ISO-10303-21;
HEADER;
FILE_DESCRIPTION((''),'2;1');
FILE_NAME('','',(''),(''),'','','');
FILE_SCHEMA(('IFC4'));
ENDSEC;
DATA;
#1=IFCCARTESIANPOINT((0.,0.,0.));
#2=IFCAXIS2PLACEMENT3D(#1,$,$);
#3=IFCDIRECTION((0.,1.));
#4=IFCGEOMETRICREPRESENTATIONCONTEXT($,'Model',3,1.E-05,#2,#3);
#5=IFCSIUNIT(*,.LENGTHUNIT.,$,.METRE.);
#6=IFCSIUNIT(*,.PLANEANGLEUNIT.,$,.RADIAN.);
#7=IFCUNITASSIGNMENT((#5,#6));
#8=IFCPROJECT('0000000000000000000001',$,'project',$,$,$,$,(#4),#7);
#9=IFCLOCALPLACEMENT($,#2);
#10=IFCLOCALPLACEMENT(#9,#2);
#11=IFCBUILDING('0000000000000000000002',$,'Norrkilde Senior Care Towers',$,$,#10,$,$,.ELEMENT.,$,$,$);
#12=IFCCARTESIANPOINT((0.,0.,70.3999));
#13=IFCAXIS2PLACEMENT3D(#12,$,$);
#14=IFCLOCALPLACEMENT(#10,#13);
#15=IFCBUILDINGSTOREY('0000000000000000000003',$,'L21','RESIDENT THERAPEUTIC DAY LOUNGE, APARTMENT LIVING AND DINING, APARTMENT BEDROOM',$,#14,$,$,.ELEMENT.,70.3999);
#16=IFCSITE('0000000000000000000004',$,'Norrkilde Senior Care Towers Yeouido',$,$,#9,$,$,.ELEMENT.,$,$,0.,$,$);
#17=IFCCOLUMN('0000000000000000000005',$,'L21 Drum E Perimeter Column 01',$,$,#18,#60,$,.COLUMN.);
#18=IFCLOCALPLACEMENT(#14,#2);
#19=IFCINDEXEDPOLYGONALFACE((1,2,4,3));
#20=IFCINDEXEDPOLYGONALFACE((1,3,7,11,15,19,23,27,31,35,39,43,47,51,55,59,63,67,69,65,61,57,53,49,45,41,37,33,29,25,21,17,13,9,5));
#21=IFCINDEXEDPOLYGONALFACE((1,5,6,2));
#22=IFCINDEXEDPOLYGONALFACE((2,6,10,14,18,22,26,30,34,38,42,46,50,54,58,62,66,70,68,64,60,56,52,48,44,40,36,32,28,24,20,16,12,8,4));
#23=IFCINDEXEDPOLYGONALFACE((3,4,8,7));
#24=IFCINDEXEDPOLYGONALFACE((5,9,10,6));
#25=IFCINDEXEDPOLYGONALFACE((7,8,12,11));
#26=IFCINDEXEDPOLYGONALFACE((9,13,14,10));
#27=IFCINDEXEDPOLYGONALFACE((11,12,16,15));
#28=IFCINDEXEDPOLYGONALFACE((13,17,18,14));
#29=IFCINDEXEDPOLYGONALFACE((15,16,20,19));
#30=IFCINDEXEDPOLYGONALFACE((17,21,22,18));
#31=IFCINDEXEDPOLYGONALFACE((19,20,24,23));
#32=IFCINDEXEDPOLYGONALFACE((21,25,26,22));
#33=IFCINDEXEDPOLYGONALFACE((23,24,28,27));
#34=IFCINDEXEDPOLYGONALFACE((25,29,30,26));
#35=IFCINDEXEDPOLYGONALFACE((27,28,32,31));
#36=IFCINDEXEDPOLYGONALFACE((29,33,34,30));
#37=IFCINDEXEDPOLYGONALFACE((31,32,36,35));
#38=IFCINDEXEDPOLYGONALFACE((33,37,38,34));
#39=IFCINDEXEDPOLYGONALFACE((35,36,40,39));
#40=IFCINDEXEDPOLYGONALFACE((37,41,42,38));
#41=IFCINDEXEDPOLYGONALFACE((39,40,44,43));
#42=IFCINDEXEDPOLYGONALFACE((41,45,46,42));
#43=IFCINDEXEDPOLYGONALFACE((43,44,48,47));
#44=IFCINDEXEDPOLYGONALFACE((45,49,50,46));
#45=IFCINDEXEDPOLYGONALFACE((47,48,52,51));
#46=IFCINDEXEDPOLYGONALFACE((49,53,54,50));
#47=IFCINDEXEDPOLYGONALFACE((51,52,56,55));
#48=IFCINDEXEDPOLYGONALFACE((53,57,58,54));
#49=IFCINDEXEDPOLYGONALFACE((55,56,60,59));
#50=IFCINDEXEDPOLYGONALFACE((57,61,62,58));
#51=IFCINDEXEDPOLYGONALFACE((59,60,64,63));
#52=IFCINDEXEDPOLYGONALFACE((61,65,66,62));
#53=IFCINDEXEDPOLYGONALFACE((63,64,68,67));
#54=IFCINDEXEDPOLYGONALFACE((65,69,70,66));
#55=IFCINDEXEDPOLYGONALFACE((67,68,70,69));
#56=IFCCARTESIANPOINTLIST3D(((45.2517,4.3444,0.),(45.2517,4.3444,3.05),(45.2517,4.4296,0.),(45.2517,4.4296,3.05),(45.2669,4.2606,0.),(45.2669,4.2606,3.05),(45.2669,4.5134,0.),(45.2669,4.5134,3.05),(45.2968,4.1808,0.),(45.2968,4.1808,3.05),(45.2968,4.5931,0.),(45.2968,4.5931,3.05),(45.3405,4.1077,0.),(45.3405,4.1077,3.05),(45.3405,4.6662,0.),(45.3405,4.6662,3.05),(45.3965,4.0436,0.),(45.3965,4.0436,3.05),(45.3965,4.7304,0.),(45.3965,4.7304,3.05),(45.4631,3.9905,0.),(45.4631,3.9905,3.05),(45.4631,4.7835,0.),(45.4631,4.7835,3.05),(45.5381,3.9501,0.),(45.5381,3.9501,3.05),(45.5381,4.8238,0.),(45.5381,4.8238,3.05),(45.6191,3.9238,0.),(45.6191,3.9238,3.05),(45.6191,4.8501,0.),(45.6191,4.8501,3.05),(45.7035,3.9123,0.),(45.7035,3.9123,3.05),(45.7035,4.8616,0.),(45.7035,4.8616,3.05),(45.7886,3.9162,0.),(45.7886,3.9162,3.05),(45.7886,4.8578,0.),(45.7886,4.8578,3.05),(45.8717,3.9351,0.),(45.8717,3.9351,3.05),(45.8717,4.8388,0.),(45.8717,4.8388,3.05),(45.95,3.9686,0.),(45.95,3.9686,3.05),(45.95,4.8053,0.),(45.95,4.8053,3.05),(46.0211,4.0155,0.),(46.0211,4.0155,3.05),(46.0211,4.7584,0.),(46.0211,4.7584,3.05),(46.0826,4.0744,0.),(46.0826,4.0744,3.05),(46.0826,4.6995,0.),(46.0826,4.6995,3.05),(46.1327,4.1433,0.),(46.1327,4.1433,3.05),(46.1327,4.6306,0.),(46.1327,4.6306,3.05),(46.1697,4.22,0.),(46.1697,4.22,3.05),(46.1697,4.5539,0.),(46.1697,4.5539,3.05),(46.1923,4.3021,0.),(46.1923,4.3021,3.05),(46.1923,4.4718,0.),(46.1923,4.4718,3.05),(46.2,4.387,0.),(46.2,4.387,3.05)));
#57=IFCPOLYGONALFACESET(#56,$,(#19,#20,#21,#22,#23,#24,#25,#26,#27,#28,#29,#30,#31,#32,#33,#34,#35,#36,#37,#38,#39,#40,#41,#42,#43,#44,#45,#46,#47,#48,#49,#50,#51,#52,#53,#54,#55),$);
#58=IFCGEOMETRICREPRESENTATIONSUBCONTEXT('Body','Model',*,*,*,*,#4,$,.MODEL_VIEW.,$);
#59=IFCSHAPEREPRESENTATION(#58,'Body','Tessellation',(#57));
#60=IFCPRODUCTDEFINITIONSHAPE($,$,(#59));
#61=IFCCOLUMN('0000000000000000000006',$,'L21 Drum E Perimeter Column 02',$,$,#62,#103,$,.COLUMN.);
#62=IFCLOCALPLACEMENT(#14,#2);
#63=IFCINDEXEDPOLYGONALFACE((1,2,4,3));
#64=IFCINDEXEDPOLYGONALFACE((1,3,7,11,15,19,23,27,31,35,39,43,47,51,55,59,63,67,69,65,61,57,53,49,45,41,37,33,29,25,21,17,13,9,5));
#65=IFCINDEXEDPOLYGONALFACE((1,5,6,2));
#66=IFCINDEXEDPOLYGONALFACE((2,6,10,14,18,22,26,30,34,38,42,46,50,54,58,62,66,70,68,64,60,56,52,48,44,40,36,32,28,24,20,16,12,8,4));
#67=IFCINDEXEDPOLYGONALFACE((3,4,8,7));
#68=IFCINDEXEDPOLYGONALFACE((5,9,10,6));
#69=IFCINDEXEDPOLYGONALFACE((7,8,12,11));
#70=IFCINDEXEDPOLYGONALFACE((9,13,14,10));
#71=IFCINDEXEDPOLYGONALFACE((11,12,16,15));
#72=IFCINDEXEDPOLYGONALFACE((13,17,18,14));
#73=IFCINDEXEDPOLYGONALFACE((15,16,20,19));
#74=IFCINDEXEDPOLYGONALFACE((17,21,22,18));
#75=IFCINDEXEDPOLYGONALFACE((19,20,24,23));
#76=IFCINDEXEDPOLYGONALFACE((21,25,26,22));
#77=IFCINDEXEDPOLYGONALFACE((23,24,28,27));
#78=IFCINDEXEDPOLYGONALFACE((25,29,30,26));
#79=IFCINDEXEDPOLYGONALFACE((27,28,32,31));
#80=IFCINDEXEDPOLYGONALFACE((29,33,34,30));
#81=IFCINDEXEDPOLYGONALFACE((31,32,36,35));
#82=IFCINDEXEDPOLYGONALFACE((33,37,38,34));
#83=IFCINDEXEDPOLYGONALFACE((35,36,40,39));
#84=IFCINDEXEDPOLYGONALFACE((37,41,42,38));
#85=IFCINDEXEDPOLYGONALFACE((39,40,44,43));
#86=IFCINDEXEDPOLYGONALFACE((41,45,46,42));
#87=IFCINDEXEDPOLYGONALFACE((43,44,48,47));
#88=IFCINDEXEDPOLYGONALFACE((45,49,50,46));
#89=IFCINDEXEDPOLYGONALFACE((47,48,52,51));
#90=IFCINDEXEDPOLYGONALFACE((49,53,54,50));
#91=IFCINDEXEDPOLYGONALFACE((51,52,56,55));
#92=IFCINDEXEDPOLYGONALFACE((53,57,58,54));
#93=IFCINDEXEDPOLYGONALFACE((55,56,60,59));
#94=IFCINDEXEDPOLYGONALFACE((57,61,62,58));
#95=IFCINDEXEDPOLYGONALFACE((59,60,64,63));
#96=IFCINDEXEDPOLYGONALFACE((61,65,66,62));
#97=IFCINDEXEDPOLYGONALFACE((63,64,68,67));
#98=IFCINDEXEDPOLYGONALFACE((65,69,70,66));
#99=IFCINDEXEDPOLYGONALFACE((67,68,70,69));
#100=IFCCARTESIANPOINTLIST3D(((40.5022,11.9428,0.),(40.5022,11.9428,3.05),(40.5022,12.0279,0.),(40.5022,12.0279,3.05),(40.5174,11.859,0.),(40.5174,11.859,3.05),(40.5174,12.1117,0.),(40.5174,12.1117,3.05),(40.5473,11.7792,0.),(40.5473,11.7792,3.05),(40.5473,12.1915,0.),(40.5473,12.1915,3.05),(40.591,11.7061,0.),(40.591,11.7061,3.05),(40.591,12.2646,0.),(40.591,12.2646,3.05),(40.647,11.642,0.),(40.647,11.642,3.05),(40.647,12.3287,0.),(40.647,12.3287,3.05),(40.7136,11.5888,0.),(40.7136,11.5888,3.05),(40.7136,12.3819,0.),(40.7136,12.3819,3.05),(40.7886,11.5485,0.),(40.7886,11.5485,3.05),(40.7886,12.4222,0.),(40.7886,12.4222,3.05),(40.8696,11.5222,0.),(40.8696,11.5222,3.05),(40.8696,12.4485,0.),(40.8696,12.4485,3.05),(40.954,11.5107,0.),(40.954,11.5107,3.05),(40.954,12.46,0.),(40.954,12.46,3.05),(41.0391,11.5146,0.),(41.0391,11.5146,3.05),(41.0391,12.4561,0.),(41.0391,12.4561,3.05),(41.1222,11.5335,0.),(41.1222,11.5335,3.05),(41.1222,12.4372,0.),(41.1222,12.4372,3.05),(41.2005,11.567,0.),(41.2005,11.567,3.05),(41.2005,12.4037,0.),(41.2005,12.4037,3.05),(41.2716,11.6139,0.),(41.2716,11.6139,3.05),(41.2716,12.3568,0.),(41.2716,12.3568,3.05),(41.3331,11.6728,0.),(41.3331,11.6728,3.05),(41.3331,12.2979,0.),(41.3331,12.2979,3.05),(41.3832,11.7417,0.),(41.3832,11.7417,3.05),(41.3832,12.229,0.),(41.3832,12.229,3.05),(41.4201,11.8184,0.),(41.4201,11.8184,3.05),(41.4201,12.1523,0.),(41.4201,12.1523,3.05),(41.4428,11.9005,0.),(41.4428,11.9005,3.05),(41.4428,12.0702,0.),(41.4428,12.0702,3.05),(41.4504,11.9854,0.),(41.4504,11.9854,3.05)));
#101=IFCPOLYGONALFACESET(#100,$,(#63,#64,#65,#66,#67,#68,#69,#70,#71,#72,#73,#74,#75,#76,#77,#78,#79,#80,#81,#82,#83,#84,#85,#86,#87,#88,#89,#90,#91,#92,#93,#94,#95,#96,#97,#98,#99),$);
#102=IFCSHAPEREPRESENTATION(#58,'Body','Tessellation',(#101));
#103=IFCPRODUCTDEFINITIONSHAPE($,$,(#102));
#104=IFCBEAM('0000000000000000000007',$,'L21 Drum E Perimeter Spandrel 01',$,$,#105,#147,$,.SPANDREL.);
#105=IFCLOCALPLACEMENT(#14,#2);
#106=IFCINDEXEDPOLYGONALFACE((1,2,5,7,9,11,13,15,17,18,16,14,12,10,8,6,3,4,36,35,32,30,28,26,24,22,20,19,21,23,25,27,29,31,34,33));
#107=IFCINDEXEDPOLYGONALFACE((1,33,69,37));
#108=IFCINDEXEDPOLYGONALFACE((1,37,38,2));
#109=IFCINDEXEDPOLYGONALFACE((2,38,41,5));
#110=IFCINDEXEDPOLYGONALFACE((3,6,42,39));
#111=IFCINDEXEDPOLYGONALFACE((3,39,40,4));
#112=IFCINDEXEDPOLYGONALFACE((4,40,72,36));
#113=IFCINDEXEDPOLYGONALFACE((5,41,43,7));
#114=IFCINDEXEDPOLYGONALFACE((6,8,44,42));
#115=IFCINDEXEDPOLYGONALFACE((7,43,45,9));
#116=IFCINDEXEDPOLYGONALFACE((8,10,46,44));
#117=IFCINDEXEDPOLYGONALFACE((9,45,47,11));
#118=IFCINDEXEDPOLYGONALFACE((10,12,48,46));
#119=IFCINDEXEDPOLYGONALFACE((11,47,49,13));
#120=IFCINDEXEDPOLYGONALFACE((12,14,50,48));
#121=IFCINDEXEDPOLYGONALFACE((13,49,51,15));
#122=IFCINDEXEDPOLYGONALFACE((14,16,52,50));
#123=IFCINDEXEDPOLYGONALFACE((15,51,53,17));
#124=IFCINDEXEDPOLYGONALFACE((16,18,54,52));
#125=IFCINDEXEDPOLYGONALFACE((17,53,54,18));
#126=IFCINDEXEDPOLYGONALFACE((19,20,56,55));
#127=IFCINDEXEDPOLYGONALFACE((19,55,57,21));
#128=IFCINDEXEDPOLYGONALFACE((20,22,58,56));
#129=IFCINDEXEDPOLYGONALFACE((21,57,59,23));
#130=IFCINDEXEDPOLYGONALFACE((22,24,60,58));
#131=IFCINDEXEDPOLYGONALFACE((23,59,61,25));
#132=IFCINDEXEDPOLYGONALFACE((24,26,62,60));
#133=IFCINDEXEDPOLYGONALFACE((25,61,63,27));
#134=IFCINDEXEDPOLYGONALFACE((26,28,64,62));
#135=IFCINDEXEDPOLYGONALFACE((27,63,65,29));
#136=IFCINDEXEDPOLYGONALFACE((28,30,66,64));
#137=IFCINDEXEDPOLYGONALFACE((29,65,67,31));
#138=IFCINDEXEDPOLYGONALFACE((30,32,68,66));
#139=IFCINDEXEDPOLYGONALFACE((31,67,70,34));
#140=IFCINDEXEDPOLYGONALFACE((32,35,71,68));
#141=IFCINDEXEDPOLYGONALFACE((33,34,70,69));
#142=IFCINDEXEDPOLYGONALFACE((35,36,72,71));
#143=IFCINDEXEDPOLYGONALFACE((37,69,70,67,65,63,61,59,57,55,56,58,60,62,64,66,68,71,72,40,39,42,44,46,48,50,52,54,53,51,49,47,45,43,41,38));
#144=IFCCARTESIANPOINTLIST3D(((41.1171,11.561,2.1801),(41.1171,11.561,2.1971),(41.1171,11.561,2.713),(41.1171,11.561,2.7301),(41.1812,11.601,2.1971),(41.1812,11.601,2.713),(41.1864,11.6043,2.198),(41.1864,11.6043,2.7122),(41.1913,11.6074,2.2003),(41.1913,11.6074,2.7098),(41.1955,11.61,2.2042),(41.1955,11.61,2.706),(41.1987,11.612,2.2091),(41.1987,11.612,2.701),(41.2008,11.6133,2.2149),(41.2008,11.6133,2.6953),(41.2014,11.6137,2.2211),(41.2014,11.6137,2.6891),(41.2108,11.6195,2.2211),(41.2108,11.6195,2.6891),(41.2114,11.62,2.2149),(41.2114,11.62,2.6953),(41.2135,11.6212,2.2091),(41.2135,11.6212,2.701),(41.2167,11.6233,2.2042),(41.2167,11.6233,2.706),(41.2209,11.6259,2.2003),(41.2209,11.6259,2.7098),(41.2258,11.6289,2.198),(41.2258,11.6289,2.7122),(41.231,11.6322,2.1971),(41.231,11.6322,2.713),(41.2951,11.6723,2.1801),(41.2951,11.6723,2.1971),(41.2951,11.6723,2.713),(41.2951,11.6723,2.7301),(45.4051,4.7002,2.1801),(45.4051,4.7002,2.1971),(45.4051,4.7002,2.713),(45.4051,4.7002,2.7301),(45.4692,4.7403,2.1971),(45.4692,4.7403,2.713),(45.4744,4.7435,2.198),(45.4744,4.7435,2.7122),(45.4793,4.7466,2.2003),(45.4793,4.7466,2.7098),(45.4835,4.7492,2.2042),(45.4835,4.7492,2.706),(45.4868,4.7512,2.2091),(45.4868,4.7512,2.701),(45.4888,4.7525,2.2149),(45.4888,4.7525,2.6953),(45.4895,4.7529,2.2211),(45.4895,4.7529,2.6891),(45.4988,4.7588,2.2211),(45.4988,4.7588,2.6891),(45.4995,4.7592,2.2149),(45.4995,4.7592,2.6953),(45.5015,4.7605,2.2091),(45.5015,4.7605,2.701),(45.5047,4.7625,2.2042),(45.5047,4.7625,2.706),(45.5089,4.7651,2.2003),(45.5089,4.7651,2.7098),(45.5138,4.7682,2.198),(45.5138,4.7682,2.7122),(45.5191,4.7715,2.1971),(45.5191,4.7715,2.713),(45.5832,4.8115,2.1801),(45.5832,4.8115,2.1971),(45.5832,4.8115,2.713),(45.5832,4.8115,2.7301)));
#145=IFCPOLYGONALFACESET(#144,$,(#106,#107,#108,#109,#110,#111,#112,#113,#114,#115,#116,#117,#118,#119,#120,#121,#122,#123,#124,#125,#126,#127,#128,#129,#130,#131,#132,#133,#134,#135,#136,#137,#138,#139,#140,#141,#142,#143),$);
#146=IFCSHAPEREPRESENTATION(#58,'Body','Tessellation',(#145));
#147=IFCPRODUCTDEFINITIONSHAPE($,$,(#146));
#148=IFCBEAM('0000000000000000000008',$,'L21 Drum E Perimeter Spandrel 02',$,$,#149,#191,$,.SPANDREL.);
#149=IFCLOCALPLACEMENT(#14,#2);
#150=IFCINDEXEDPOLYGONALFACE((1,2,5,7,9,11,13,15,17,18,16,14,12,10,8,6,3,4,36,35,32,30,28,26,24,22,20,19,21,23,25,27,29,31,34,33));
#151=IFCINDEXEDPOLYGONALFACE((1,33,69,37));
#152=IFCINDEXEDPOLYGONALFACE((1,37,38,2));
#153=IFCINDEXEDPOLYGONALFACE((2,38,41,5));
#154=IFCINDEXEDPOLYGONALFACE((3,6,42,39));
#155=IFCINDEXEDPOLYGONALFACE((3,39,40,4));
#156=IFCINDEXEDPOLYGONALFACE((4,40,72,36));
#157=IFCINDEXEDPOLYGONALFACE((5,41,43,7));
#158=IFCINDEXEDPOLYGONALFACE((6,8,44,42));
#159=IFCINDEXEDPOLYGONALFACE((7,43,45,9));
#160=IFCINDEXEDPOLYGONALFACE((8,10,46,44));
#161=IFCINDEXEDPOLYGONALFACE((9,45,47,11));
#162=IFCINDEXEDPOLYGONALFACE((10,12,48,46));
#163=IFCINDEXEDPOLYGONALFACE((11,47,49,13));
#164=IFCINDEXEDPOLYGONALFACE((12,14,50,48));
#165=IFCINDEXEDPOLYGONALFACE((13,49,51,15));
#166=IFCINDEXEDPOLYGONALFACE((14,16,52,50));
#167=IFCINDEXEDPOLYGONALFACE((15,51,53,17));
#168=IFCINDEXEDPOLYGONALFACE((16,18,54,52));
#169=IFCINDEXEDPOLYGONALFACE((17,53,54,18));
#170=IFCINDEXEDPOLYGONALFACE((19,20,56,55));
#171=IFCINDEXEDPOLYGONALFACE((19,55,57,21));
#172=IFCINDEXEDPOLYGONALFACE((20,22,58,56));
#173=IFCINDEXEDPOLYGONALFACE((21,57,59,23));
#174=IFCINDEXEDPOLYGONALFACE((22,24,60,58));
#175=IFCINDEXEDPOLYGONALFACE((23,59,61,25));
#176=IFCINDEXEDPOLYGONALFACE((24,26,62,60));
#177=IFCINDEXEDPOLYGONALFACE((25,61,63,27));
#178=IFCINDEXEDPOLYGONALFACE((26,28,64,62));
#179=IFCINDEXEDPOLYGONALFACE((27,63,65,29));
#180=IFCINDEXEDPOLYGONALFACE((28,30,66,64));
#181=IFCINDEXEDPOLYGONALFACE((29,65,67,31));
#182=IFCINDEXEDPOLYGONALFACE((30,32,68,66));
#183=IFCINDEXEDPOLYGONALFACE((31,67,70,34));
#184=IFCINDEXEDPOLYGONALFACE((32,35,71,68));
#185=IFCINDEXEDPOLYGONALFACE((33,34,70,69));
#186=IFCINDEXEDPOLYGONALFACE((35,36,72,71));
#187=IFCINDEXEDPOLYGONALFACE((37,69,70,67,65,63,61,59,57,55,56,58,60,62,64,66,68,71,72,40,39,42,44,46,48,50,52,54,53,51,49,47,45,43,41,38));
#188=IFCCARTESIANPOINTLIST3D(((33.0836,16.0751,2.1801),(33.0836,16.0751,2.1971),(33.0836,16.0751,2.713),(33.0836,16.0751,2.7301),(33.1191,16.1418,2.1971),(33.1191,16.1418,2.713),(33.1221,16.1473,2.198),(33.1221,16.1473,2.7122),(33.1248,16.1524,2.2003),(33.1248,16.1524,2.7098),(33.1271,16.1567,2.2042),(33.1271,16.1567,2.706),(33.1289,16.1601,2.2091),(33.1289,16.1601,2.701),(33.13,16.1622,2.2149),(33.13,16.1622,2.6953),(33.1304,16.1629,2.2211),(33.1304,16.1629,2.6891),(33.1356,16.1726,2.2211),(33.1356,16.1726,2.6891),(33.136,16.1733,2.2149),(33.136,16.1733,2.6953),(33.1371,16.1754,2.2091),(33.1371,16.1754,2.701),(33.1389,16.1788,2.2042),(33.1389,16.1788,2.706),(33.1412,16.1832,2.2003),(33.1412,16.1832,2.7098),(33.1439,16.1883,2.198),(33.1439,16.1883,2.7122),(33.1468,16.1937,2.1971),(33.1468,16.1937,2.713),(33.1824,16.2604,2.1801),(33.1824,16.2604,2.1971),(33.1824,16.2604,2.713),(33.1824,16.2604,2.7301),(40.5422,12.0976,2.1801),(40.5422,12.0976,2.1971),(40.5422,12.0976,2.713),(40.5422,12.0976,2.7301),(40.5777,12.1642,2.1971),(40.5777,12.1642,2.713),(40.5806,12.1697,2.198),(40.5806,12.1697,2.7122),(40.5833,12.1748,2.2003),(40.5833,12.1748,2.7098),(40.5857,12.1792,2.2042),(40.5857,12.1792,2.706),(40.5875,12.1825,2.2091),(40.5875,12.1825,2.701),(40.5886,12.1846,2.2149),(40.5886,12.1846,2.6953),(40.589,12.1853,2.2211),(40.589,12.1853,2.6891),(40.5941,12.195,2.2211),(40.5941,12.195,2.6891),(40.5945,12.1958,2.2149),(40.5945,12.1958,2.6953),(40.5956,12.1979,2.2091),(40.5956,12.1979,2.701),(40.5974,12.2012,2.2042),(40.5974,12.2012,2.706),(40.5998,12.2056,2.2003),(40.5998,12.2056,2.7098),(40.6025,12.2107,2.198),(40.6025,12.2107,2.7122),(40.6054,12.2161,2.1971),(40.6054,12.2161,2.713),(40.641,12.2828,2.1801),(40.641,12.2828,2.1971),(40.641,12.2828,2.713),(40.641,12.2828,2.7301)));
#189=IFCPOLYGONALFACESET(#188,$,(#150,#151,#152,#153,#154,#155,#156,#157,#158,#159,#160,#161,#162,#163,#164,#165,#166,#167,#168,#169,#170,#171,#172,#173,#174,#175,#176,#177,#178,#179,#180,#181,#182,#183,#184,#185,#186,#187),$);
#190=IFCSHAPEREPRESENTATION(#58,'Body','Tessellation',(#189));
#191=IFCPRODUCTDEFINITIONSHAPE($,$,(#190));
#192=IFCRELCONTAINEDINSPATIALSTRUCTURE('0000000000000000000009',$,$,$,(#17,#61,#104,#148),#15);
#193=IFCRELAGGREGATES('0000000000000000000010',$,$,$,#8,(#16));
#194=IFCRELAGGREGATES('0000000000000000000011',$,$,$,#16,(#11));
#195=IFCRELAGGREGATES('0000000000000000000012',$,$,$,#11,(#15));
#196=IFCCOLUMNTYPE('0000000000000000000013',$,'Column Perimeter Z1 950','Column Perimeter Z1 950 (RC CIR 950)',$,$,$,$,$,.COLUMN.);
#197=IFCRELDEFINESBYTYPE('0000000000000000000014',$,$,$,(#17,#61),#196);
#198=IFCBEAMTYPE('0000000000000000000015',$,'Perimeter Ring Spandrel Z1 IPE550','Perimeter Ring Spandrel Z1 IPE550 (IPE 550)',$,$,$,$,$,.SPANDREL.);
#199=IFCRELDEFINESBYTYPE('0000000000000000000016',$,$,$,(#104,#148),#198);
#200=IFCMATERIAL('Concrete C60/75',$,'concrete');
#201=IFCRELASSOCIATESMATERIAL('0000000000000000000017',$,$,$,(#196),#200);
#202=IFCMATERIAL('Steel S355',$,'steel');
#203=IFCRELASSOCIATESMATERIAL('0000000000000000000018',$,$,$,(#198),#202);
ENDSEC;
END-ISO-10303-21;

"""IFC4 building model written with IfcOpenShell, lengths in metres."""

from ifc_helpers import new_model, si_unit, direction, frame, origin, origin_2d, place, context, subcontext, project, spatial, circle, i_section, extrude, source, transform, mapped, material, material_profile, profile_set, type_object, type_shapes, element, save


model = new_model("IFC4")

# Units and contexts
model_context = context("Model", 3, precision=1e-05, world=origin(), true_north=direction((0.0, 1.0)))
body_context = subcontext(model_context, "Body", "Model", "MODEL_VIEW")
ifc_project = project(units=[si_unit("LENGTHUNIT", "METRE"), si_unit("PLANEANGLEUNIT", "RADIAN")], contexts=[model_context])

# Site, building, storey
site_placement = place(None, origin())
site = spatial("IfcSite", under=ifc_project, at=site_placement, Name="Norrkilde Senior Care Towers Yeouido", CompositionType="ELEMENT", RefElevation=0.0)
building_placement = place(site_placement, origin())
building = spatial("IfcBuilding", under=site, at=building_placement, Name="Norrkilde Senior Care Towers", CompositionType="ELEMENT")
storey_placement = place(building_placement, frame((0.0, 0.0, 70.3999)))
storey = spatial("IfcBuildingStorey", under=building, at=storey_placement, Name="L21", Description="RESIDENT THERAPEUTIC DAY LOUNGE, APARTMENT LIVING AND DINING, APARTMENT BEDROOM", CompositionType="ELEMENT", Elevation=70.3999)

# Columns
ifc_material_1 = material(Name="Concrete C60/75", Category="concrete")
ifc_material_profile_1 = material_profile(ifc_material_1, circle(Radius=0.4751, at=origin_2d()), Name="RC CIR 950")
ifc_profile_set_1 = profile_set([ifc_material_profile_1], Name="Concrete C60/75")
column_type = type_object("IfcColumnType", Name="Column Perimeter Z1 950", Description="Column Perimeter Z1 950 (RC CIR 950)", PredefinedType="COLUMN", material=ifc_profile_set_1)
shared_shape_1 = source(origin(), body_context, "Body", "SweptSolid", [
    extrude(circle(Radius=0.4751, at=origin_2d()), origin(), (0.0, 0.0, 1.0), 3.05),
])
type_shapes(column_type, [shared_shape_1])
for number, where, z_axis, x_axis, name in (
    (1, (45.7249, 4.387, 0.0), (0.0, 0.0, 1.0), (1.0, 0.0, 0.0), "L21 Drum E Perimeter Column 01"),
    (2, (40.9753, 11.9854, 0.0), (0.0, 0.0, 1.0), (1.0, 0.0, 0.0), "L21 Drum E Perimeter Column 02"),
):
    element("IfcColumn", number, at=place(storey_placement, frame(where, z_axis=z_axis, x_axis=x_axis)), inside=storey, type_object=column_type, Name=name, PredefinedType="COLUMN", context=body_context, shape_type="MappedRepresentation", body=[
        mapped(shared_shape_1, transform((0.0, 0.0, 0.0), x_axis=(1.0, 0.0, 0.0), y_axis=(0.0, 1.0, 0.0), z_axis=(0.0, 0.0, 1.0), scale=1.0)),
    ])

# Beams
ifc_material_2 = material(Name="Steel S355", Category="steel")
ifc_material_profile_2 = material_profile(ifc_material_2, i_section(OverallWidth=0.21, OverallDepth=0.55, WebThickness=0.011, FlangeThickness=0.0171, FilletRadius=0.0239, at=origin_2d()), Name="IPE 550")
ifc_profile_set_2 = profile_set([ifc_material_profile_2], Name="Steel S355")
beam_type_1 = type_object("IfcBeamType", Name="Perimeter Ring Spandrel Z1 IPE550", Description="Perimeter Ring Spandrel Z1 IPE550 (IPE 550)", PredefinedType="SPANDREL", material=ifc_profile_set_2)
shared_shape_2 = source(origin(), body_context, "Body", "SweptSolid", [
    extrude(i_section(OverallWidth=0.21, OverallDepth=0.55, WebThickness=0.011, FlangeThickness=0.0171, FilletRadius=0.0239, at=origin_2d()), origin(), (0.0, 0.0, 1.0), 8.0906),
])
beam_1_placement = place(storey_placement, frame((45.4941, 4.7559, 2.4551), z_axis=(-0.530004, 0.847995, 0.0), x_axis=(-0.847995, -0.530004, 0.0)))
element("IfcBeam", 3, at=beam_1_placement, inside=storey, type_object=beam_type_1, Name="L21 Drum E Perimeter Spandrel 01", PredefinedType="SPANDREL", context=body_context, shape_type="MappedRepresentation", body=[
    mapped(shared_shape_2, transform((0.0, 0.0, 0.0), x_axis=(1.0, 0.0, 0.0), y_axis=(0.0, 1.0, 0.0), z_axis=(0.0, 0.0, 1.0), scale=1.0)),
])
shared_shape_3 = source(origin(), body_context, "Body", "SweptSolid", [
    extrude(i_section(OverallWidth=0.21, OverallDepth=0.55, WebThickness=0.011, FlangeThickness=0.0171, FilletRadius=0.0239, at=origin_2d()), origin(), (0.0, 0.0, 1.0), 8.4529),
])
type_shapes(beam_type_1, [shared_shape_2, shared_shape_3])
beam_2_placement = place(storey_placement, frame((40.5916, 12.1902, 2.4551), z_axis=(-0.882369, 0.470558, 0.0), x_axis=(-0.470558, -0.882369, 0.0)))
element("IfcBeam", 4, at=beam_2_placement, inside=storey, type_object=beam_type_1, Name="L21 Drum E Perimeter Spandrel 02", PredefinedType="SPANDREL", context=body_context, shape_type="MappedRepresentation", body=[
    mapped(shared_shape_3, transform((0.0, 0.0, 0.0), x_axis=(1.0, 0.0, 0.0), y_axis=(0.0, 1.0, 0.0), z_axis=(0.0, 0.0, 1.0), scale=1.0)),
])

save(model, "model.ifc")
